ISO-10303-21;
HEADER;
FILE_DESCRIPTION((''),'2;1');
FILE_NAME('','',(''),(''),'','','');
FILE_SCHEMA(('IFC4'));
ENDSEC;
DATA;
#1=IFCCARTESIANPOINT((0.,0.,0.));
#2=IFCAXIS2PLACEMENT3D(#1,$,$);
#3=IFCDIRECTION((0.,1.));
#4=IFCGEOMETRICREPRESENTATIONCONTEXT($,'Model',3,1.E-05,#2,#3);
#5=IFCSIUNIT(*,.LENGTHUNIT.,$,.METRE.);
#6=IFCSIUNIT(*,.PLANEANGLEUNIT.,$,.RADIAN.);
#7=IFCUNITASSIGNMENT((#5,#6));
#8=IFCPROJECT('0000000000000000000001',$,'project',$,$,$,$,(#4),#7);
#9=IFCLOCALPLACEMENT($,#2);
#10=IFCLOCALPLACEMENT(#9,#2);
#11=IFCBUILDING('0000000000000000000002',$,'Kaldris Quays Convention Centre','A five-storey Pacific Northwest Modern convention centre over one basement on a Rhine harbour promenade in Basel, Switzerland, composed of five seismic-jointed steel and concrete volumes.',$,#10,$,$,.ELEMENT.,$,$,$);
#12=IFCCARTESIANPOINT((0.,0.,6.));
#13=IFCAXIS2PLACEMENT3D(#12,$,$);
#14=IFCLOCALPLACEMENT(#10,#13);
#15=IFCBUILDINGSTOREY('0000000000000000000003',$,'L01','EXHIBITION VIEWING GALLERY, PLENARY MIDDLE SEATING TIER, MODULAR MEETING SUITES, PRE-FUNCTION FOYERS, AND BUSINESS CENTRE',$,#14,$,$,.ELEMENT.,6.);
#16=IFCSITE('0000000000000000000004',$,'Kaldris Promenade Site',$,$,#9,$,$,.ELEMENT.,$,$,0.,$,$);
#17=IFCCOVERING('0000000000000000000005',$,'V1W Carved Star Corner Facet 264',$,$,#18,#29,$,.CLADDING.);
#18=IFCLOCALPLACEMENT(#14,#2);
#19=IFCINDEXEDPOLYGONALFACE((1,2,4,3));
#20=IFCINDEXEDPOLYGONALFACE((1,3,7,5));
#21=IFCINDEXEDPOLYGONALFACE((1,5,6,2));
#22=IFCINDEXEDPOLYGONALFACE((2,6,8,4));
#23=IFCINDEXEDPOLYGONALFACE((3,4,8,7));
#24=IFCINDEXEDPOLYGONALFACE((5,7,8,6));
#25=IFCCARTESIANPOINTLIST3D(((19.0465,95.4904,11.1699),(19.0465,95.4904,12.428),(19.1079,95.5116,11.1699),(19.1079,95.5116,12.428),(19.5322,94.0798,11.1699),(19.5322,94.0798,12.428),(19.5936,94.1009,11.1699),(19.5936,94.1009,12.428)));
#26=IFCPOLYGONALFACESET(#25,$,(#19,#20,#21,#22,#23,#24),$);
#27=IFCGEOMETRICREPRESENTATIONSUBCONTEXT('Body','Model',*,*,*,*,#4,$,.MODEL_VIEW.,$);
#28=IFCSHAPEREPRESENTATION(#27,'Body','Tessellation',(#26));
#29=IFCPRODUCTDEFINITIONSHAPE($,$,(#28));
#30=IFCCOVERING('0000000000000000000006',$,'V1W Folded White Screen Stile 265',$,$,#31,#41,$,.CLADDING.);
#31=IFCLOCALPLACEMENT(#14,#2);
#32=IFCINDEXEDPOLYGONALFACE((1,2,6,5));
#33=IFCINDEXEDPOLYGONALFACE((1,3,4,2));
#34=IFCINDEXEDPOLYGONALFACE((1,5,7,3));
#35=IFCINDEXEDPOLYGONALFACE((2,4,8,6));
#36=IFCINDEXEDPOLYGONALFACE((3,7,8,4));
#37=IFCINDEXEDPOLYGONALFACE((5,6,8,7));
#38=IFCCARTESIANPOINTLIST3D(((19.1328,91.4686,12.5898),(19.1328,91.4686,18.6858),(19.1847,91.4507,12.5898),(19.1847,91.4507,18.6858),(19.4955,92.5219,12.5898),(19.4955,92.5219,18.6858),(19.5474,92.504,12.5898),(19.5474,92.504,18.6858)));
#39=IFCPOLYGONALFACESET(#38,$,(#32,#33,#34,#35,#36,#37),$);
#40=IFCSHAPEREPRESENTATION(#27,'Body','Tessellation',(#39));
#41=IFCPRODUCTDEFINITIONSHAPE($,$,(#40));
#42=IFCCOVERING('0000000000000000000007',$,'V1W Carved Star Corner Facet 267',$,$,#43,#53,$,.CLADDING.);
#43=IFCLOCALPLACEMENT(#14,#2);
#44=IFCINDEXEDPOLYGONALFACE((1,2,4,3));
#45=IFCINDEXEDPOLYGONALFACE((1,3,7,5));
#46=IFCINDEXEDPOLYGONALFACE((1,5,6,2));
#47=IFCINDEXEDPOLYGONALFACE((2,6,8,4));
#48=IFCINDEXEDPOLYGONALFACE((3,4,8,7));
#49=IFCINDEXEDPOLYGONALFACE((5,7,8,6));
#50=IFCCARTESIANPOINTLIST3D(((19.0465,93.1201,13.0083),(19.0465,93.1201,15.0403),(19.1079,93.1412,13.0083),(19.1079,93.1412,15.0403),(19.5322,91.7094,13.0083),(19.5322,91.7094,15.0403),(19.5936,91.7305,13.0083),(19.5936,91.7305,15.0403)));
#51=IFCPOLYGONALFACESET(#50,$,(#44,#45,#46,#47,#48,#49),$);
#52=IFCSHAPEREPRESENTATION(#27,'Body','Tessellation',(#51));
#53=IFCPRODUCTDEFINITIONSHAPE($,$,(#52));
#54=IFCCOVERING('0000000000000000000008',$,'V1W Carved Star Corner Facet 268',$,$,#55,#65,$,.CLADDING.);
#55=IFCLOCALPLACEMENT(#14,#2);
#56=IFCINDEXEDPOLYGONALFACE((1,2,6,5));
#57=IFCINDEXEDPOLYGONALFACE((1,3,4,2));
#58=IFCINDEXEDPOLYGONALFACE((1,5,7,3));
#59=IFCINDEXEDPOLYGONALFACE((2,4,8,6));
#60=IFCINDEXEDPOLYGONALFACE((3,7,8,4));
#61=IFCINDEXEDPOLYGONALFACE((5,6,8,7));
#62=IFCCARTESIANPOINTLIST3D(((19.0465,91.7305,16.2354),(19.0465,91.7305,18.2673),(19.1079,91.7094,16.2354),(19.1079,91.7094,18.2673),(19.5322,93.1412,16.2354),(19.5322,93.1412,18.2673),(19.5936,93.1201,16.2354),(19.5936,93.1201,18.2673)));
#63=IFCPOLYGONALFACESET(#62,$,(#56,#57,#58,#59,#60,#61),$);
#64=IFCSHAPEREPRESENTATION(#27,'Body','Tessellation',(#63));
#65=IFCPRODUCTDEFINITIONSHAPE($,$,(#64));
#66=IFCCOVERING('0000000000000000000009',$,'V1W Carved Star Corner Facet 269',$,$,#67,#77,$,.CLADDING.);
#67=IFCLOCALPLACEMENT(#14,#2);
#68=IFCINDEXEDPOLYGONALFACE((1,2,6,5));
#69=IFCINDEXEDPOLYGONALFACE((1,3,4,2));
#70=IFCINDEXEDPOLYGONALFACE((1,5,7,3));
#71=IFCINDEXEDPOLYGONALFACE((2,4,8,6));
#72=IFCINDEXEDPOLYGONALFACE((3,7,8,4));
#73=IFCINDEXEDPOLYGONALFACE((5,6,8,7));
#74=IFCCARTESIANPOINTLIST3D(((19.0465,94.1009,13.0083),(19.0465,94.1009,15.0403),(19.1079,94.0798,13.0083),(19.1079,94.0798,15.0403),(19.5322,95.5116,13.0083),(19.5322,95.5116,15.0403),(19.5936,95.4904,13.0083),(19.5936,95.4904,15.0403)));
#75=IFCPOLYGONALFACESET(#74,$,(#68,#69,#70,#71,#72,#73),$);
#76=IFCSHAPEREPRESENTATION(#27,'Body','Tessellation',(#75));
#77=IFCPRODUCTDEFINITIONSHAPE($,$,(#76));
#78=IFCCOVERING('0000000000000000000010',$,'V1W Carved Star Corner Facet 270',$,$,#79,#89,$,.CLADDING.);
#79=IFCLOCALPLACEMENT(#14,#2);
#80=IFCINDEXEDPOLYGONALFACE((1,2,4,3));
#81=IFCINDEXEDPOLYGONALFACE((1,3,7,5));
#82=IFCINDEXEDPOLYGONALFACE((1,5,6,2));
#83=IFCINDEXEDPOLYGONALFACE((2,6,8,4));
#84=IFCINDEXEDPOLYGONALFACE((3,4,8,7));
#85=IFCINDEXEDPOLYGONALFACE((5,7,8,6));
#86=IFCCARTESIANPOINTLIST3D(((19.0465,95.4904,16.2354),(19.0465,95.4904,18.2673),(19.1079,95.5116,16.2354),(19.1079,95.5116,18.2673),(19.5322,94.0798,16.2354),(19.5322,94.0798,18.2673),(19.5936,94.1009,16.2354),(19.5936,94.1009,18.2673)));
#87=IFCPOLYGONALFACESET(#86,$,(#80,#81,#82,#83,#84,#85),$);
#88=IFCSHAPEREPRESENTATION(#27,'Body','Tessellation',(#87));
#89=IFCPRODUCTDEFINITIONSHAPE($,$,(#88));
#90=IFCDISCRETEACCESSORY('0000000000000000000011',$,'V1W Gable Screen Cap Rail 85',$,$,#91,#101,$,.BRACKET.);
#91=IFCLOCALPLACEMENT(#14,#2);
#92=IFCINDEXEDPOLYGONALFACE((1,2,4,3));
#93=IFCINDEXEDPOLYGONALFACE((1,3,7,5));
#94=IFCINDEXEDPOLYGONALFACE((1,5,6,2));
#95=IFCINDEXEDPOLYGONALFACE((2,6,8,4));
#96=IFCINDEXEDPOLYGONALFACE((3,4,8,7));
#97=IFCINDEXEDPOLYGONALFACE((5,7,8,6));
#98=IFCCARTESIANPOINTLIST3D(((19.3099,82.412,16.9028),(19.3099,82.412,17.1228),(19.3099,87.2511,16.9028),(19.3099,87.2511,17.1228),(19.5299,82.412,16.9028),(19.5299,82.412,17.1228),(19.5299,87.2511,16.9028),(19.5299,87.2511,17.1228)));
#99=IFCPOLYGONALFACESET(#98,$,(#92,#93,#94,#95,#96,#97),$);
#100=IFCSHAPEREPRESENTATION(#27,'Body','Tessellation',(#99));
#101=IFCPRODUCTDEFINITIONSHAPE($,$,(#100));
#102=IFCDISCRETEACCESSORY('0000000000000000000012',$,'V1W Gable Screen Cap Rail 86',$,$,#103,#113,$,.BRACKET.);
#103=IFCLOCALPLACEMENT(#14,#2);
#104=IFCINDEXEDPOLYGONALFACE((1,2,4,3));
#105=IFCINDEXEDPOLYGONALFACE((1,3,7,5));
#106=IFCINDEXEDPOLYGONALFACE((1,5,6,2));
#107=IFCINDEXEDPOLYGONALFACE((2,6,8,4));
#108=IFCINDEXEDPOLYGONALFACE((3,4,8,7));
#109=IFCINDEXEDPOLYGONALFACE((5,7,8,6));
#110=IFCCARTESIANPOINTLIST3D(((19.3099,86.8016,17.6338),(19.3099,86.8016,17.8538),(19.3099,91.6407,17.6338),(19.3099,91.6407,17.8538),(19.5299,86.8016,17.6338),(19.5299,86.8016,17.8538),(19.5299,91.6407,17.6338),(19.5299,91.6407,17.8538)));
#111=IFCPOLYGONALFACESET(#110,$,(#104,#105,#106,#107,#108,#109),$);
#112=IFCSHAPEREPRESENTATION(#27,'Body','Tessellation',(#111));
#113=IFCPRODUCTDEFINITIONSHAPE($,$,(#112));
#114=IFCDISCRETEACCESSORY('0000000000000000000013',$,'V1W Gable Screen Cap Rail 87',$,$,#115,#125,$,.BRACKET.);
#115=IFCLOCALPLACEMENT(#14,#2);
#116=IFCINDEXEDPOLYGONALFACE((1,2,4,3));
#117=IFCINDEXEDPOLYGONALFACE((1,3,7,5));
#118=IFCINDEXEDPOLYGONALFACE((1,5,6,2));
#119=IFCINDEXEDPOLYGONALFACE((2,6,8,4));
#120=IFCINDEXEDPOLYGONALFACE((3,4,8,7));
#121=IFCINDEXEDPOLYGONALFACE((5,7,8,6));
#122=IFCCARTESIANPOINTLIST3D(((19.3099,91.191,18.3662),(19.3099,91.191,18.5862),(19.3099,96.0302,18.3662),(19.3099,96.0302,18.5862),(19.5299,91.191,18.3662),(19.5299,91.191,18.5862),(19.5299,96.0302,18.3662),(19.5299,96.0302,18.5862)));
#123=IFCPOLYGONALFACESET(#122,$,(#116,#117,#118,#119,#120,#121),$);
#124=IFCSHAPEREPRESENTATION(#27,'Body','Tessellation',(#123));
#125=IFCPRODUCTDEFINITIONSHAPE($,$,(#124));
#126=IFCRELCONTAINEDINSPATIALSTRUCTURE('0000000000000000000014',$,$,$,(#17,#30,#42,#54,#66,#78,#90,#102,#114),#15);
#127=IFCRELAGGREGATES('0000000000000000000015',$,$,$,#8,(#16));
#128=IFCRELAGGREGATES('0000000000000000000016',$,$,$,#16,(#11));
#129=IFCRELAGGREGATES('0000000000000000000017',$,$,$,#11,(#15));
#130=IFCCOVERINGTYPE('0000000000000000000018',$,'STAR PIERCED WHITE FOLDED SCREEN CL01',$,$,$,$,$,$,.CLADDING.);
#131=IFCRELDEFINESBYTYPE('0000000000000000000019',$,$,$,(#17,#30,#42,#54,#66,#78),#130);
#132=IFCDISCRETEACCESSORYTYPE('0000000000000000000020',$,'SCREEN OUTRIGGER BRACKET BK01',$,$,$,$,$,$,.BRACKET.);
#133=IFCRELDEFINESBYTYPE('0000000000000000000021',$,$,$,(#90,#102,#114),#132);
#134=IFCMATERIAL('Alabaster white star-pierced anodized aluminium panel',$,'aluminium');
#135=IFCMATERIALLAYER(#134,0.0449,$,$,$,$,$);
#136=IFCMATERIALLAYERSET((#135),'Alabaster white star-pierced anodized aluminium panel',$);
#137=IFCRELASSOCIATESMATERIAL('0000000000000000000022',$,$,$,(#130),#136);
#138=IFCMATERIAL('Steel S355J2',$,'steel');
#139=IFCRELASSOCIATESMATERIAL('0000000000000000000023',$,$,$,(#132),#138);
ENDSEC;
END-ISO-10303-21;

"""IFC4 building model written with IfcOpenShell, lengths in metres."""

from ifc_helpers import new_model, si_unit, direction, frame, origin, origin_2d, place, context, subcontext, project, spatial, rectangle, extrude, material, layer, layer_set, type_object, element, save


model = new_model("IFC4")

# Units and contexts
model_context = context("Model", 3, precision=1e-05, world=origin(), true_north=direction((0.0, 1.0)))
body_context = subcontext(model_context, "Body", "Model", "MODEL_VIEW")
ifc_project = project(units=[si_unit("LENGTHUNIT", "METRE"), si_unit("PLANEANGLEUNIT", "RADIAN")], contexts=[model_context])

# Site, building, storey
site_placement = place(None, origin())
site = spatial("IfcSite", under=ifc_project, at=site_placement, Name="Kaldris Promenade Site", CompositionType="ELEMENT", RefElevation=0.0)
building_placement = place(site_placement, origin())
building = spatial("IfcBuilding", under=site, at=building_placement, Name="Kaldris Quays Convention Centre", Description="A five-storey Pacific Northwest Modern convention centre over one basement on a Rhine harbour promenade in Basel, Switzerland, composed of five seismic-jointed steel and concrete volumes.", CompositionType="ELEMENT")
storey_placement = place(building_placement, frame((0.0, 0.0, 6.0)))
storey = spatial("IfcBuildingStorey", under=building, at=storey_placement, Name="L01", Description="EXHIBITION VIEWING GALLERY, PLENARY MIDDLE SEATING TIER, MODULAR MEETING SUITES, PRE-FUNCTION FOYERS, AND BUSINESS CENTRE", CompositionType="ELEMENT", Elevation=6.0)

# Coverings
ifc_material_1 = material(Name="Alabaster white star-pierced anodized aluminium panel", Category="aluminium")
ifc_layer = layer(ifc_material_1, 0.0449)
ifc_layer_set = layer_set([ifc_layer], Name="Alabaster white star-pierced anodized aluminium panel")
covering_type = type_object("IfcCoveringType", Name="STAR PIERCED WHITE FOLDED SCREEN CL01", PredefinedType="CLADDING", material=ifc_layer_set)
for number, where, z_axis, x_axis, name in (
    (1, (19.3201, 94.7957, 11.1699), (0.0, 0.0, 1.0), (-0.325568, 0.945519, 0.0), "V1W Carved Star Corner Facet 264"),
):
    element("IfcCovering", number, at=place(storey_placement, frame(where, z_axis=z_axis, x_axis=x_axis)), inside=storey, type_object=covering_type, Name=name, PredefinedType="CLADDING", context=body_context, shape_type="SweptSolid", body=[
        extrude(rectangle(XDim=1.4919, YDim=0.0649, at=origin_2d()), origin(), (0.0, 0.0, 1.0), 1.2581),
    ])
covering_1_placement = place(storey_placement, frame((19.3401, 91.9863, 12.5898), z_axis=(0.0, 0.0, 1.0), x_axis=(0.325568, 0.945519, 0.0)))
element("IfcCovering", 2, at=covering_1_placement, inside=storey, type_object=covering_type, Name="V1W Folded White Screen Stile 265", PredefinedType="CLADDING", context=body_context, shape_type="SweptSolid", body=[
    extrude(rectangle(XDim=1.114, YDim=0.0549, at=origin_2d()), origin(), (0.0, 0.0, 1.0), 6.0959),
])
for number, where, z_axis, x_axis, name in (
    (3, (19.3201, 92.4253, 13.0083), (0.0, 0.0, 1.0), (-0.325568, 0.945519, 0.0), "V1W Carved Star Corner Facet 267"),
    (4, (19.3201, 92.4253, 16.2354), (0.0, 0.0, 1.0), (0.325568, 0.945519, 0.0), "V1W Carved Star Corner Facet 268"),
    (5, (19.3201, 94.7957, 13.0083), (0.0, 0.0, 1.0), (0.325568, 0.945519, 0.0), "V1W Carved Star Corner Facet 269"),
    (6, (19.3201, 94.7957, 16.2354), (0.0, 0.0, 1.0), (-0.325568, 0.945519, 0.0), "V1W Carved Star Corner Facet 270"),
):
    element("IfcCovering", number, at=place(storey_placement, frame(where, z_axis=z_axis, x_axis=x_axis)), inside=storey, type_object=covering_type, Name=name, PredefinedType="CLADDING", context=body_context, shape_type="SweptSolid", body=[
        extrude(rectangle(XDim=1.4919, YDim=0.0649, at=origin_2d()), origin(), (0.0, 0.0, 1.0), 2.032),
    ])

# Discrete accessories
ifc_material_2 = material(Name="Steel S355J2", Category="steel")
discrete_accessory_type = type_object("IfcDiscreteAccessoryType", Name="SCREEN OUTRIGGER BRACKET BK01", PredefinedType="BRACKET", material=ifc_material_2)
for number, where, z_axis, x_axis, name in (
    (7, (19.4199, 84.8315, 16.9028), (0.0, 0.0, 1.0), (0.0, 1.0, 0.0), "V1W Gable Screen Cap Rail 85"),
    (8, (19.4199, 89.2212, 17.6338), (0.0, 0.0, 1.0), (0.0, 1.0, 0.0), "V1W Gable Screen Cap Rail 86"),
    (9, (19.4199, 93.6106, 18.3662), (0.0, 0.0, 1.0), (0.0, 1.0, 0.0), "V1W Gable Screen Cap Rail 87"),
):
    element("IfcDiscreteAccessory", number, at=place(storey_placement, frame(where, z_axis=z_axis, x_axis=x_axis)), inside=storey, type_object=discrete_accessory_type, Name=name, PredefinedType="BRACKET", context=body_context, shape_type="SweptSolid", body=[
        extrude(rectangle(XDim=4.8391, YDim=0.22, at=origin_2d()), origin(), (0.0, 0.0, 1.0), 0.22),
    ])

save(model, "model.ifc")
